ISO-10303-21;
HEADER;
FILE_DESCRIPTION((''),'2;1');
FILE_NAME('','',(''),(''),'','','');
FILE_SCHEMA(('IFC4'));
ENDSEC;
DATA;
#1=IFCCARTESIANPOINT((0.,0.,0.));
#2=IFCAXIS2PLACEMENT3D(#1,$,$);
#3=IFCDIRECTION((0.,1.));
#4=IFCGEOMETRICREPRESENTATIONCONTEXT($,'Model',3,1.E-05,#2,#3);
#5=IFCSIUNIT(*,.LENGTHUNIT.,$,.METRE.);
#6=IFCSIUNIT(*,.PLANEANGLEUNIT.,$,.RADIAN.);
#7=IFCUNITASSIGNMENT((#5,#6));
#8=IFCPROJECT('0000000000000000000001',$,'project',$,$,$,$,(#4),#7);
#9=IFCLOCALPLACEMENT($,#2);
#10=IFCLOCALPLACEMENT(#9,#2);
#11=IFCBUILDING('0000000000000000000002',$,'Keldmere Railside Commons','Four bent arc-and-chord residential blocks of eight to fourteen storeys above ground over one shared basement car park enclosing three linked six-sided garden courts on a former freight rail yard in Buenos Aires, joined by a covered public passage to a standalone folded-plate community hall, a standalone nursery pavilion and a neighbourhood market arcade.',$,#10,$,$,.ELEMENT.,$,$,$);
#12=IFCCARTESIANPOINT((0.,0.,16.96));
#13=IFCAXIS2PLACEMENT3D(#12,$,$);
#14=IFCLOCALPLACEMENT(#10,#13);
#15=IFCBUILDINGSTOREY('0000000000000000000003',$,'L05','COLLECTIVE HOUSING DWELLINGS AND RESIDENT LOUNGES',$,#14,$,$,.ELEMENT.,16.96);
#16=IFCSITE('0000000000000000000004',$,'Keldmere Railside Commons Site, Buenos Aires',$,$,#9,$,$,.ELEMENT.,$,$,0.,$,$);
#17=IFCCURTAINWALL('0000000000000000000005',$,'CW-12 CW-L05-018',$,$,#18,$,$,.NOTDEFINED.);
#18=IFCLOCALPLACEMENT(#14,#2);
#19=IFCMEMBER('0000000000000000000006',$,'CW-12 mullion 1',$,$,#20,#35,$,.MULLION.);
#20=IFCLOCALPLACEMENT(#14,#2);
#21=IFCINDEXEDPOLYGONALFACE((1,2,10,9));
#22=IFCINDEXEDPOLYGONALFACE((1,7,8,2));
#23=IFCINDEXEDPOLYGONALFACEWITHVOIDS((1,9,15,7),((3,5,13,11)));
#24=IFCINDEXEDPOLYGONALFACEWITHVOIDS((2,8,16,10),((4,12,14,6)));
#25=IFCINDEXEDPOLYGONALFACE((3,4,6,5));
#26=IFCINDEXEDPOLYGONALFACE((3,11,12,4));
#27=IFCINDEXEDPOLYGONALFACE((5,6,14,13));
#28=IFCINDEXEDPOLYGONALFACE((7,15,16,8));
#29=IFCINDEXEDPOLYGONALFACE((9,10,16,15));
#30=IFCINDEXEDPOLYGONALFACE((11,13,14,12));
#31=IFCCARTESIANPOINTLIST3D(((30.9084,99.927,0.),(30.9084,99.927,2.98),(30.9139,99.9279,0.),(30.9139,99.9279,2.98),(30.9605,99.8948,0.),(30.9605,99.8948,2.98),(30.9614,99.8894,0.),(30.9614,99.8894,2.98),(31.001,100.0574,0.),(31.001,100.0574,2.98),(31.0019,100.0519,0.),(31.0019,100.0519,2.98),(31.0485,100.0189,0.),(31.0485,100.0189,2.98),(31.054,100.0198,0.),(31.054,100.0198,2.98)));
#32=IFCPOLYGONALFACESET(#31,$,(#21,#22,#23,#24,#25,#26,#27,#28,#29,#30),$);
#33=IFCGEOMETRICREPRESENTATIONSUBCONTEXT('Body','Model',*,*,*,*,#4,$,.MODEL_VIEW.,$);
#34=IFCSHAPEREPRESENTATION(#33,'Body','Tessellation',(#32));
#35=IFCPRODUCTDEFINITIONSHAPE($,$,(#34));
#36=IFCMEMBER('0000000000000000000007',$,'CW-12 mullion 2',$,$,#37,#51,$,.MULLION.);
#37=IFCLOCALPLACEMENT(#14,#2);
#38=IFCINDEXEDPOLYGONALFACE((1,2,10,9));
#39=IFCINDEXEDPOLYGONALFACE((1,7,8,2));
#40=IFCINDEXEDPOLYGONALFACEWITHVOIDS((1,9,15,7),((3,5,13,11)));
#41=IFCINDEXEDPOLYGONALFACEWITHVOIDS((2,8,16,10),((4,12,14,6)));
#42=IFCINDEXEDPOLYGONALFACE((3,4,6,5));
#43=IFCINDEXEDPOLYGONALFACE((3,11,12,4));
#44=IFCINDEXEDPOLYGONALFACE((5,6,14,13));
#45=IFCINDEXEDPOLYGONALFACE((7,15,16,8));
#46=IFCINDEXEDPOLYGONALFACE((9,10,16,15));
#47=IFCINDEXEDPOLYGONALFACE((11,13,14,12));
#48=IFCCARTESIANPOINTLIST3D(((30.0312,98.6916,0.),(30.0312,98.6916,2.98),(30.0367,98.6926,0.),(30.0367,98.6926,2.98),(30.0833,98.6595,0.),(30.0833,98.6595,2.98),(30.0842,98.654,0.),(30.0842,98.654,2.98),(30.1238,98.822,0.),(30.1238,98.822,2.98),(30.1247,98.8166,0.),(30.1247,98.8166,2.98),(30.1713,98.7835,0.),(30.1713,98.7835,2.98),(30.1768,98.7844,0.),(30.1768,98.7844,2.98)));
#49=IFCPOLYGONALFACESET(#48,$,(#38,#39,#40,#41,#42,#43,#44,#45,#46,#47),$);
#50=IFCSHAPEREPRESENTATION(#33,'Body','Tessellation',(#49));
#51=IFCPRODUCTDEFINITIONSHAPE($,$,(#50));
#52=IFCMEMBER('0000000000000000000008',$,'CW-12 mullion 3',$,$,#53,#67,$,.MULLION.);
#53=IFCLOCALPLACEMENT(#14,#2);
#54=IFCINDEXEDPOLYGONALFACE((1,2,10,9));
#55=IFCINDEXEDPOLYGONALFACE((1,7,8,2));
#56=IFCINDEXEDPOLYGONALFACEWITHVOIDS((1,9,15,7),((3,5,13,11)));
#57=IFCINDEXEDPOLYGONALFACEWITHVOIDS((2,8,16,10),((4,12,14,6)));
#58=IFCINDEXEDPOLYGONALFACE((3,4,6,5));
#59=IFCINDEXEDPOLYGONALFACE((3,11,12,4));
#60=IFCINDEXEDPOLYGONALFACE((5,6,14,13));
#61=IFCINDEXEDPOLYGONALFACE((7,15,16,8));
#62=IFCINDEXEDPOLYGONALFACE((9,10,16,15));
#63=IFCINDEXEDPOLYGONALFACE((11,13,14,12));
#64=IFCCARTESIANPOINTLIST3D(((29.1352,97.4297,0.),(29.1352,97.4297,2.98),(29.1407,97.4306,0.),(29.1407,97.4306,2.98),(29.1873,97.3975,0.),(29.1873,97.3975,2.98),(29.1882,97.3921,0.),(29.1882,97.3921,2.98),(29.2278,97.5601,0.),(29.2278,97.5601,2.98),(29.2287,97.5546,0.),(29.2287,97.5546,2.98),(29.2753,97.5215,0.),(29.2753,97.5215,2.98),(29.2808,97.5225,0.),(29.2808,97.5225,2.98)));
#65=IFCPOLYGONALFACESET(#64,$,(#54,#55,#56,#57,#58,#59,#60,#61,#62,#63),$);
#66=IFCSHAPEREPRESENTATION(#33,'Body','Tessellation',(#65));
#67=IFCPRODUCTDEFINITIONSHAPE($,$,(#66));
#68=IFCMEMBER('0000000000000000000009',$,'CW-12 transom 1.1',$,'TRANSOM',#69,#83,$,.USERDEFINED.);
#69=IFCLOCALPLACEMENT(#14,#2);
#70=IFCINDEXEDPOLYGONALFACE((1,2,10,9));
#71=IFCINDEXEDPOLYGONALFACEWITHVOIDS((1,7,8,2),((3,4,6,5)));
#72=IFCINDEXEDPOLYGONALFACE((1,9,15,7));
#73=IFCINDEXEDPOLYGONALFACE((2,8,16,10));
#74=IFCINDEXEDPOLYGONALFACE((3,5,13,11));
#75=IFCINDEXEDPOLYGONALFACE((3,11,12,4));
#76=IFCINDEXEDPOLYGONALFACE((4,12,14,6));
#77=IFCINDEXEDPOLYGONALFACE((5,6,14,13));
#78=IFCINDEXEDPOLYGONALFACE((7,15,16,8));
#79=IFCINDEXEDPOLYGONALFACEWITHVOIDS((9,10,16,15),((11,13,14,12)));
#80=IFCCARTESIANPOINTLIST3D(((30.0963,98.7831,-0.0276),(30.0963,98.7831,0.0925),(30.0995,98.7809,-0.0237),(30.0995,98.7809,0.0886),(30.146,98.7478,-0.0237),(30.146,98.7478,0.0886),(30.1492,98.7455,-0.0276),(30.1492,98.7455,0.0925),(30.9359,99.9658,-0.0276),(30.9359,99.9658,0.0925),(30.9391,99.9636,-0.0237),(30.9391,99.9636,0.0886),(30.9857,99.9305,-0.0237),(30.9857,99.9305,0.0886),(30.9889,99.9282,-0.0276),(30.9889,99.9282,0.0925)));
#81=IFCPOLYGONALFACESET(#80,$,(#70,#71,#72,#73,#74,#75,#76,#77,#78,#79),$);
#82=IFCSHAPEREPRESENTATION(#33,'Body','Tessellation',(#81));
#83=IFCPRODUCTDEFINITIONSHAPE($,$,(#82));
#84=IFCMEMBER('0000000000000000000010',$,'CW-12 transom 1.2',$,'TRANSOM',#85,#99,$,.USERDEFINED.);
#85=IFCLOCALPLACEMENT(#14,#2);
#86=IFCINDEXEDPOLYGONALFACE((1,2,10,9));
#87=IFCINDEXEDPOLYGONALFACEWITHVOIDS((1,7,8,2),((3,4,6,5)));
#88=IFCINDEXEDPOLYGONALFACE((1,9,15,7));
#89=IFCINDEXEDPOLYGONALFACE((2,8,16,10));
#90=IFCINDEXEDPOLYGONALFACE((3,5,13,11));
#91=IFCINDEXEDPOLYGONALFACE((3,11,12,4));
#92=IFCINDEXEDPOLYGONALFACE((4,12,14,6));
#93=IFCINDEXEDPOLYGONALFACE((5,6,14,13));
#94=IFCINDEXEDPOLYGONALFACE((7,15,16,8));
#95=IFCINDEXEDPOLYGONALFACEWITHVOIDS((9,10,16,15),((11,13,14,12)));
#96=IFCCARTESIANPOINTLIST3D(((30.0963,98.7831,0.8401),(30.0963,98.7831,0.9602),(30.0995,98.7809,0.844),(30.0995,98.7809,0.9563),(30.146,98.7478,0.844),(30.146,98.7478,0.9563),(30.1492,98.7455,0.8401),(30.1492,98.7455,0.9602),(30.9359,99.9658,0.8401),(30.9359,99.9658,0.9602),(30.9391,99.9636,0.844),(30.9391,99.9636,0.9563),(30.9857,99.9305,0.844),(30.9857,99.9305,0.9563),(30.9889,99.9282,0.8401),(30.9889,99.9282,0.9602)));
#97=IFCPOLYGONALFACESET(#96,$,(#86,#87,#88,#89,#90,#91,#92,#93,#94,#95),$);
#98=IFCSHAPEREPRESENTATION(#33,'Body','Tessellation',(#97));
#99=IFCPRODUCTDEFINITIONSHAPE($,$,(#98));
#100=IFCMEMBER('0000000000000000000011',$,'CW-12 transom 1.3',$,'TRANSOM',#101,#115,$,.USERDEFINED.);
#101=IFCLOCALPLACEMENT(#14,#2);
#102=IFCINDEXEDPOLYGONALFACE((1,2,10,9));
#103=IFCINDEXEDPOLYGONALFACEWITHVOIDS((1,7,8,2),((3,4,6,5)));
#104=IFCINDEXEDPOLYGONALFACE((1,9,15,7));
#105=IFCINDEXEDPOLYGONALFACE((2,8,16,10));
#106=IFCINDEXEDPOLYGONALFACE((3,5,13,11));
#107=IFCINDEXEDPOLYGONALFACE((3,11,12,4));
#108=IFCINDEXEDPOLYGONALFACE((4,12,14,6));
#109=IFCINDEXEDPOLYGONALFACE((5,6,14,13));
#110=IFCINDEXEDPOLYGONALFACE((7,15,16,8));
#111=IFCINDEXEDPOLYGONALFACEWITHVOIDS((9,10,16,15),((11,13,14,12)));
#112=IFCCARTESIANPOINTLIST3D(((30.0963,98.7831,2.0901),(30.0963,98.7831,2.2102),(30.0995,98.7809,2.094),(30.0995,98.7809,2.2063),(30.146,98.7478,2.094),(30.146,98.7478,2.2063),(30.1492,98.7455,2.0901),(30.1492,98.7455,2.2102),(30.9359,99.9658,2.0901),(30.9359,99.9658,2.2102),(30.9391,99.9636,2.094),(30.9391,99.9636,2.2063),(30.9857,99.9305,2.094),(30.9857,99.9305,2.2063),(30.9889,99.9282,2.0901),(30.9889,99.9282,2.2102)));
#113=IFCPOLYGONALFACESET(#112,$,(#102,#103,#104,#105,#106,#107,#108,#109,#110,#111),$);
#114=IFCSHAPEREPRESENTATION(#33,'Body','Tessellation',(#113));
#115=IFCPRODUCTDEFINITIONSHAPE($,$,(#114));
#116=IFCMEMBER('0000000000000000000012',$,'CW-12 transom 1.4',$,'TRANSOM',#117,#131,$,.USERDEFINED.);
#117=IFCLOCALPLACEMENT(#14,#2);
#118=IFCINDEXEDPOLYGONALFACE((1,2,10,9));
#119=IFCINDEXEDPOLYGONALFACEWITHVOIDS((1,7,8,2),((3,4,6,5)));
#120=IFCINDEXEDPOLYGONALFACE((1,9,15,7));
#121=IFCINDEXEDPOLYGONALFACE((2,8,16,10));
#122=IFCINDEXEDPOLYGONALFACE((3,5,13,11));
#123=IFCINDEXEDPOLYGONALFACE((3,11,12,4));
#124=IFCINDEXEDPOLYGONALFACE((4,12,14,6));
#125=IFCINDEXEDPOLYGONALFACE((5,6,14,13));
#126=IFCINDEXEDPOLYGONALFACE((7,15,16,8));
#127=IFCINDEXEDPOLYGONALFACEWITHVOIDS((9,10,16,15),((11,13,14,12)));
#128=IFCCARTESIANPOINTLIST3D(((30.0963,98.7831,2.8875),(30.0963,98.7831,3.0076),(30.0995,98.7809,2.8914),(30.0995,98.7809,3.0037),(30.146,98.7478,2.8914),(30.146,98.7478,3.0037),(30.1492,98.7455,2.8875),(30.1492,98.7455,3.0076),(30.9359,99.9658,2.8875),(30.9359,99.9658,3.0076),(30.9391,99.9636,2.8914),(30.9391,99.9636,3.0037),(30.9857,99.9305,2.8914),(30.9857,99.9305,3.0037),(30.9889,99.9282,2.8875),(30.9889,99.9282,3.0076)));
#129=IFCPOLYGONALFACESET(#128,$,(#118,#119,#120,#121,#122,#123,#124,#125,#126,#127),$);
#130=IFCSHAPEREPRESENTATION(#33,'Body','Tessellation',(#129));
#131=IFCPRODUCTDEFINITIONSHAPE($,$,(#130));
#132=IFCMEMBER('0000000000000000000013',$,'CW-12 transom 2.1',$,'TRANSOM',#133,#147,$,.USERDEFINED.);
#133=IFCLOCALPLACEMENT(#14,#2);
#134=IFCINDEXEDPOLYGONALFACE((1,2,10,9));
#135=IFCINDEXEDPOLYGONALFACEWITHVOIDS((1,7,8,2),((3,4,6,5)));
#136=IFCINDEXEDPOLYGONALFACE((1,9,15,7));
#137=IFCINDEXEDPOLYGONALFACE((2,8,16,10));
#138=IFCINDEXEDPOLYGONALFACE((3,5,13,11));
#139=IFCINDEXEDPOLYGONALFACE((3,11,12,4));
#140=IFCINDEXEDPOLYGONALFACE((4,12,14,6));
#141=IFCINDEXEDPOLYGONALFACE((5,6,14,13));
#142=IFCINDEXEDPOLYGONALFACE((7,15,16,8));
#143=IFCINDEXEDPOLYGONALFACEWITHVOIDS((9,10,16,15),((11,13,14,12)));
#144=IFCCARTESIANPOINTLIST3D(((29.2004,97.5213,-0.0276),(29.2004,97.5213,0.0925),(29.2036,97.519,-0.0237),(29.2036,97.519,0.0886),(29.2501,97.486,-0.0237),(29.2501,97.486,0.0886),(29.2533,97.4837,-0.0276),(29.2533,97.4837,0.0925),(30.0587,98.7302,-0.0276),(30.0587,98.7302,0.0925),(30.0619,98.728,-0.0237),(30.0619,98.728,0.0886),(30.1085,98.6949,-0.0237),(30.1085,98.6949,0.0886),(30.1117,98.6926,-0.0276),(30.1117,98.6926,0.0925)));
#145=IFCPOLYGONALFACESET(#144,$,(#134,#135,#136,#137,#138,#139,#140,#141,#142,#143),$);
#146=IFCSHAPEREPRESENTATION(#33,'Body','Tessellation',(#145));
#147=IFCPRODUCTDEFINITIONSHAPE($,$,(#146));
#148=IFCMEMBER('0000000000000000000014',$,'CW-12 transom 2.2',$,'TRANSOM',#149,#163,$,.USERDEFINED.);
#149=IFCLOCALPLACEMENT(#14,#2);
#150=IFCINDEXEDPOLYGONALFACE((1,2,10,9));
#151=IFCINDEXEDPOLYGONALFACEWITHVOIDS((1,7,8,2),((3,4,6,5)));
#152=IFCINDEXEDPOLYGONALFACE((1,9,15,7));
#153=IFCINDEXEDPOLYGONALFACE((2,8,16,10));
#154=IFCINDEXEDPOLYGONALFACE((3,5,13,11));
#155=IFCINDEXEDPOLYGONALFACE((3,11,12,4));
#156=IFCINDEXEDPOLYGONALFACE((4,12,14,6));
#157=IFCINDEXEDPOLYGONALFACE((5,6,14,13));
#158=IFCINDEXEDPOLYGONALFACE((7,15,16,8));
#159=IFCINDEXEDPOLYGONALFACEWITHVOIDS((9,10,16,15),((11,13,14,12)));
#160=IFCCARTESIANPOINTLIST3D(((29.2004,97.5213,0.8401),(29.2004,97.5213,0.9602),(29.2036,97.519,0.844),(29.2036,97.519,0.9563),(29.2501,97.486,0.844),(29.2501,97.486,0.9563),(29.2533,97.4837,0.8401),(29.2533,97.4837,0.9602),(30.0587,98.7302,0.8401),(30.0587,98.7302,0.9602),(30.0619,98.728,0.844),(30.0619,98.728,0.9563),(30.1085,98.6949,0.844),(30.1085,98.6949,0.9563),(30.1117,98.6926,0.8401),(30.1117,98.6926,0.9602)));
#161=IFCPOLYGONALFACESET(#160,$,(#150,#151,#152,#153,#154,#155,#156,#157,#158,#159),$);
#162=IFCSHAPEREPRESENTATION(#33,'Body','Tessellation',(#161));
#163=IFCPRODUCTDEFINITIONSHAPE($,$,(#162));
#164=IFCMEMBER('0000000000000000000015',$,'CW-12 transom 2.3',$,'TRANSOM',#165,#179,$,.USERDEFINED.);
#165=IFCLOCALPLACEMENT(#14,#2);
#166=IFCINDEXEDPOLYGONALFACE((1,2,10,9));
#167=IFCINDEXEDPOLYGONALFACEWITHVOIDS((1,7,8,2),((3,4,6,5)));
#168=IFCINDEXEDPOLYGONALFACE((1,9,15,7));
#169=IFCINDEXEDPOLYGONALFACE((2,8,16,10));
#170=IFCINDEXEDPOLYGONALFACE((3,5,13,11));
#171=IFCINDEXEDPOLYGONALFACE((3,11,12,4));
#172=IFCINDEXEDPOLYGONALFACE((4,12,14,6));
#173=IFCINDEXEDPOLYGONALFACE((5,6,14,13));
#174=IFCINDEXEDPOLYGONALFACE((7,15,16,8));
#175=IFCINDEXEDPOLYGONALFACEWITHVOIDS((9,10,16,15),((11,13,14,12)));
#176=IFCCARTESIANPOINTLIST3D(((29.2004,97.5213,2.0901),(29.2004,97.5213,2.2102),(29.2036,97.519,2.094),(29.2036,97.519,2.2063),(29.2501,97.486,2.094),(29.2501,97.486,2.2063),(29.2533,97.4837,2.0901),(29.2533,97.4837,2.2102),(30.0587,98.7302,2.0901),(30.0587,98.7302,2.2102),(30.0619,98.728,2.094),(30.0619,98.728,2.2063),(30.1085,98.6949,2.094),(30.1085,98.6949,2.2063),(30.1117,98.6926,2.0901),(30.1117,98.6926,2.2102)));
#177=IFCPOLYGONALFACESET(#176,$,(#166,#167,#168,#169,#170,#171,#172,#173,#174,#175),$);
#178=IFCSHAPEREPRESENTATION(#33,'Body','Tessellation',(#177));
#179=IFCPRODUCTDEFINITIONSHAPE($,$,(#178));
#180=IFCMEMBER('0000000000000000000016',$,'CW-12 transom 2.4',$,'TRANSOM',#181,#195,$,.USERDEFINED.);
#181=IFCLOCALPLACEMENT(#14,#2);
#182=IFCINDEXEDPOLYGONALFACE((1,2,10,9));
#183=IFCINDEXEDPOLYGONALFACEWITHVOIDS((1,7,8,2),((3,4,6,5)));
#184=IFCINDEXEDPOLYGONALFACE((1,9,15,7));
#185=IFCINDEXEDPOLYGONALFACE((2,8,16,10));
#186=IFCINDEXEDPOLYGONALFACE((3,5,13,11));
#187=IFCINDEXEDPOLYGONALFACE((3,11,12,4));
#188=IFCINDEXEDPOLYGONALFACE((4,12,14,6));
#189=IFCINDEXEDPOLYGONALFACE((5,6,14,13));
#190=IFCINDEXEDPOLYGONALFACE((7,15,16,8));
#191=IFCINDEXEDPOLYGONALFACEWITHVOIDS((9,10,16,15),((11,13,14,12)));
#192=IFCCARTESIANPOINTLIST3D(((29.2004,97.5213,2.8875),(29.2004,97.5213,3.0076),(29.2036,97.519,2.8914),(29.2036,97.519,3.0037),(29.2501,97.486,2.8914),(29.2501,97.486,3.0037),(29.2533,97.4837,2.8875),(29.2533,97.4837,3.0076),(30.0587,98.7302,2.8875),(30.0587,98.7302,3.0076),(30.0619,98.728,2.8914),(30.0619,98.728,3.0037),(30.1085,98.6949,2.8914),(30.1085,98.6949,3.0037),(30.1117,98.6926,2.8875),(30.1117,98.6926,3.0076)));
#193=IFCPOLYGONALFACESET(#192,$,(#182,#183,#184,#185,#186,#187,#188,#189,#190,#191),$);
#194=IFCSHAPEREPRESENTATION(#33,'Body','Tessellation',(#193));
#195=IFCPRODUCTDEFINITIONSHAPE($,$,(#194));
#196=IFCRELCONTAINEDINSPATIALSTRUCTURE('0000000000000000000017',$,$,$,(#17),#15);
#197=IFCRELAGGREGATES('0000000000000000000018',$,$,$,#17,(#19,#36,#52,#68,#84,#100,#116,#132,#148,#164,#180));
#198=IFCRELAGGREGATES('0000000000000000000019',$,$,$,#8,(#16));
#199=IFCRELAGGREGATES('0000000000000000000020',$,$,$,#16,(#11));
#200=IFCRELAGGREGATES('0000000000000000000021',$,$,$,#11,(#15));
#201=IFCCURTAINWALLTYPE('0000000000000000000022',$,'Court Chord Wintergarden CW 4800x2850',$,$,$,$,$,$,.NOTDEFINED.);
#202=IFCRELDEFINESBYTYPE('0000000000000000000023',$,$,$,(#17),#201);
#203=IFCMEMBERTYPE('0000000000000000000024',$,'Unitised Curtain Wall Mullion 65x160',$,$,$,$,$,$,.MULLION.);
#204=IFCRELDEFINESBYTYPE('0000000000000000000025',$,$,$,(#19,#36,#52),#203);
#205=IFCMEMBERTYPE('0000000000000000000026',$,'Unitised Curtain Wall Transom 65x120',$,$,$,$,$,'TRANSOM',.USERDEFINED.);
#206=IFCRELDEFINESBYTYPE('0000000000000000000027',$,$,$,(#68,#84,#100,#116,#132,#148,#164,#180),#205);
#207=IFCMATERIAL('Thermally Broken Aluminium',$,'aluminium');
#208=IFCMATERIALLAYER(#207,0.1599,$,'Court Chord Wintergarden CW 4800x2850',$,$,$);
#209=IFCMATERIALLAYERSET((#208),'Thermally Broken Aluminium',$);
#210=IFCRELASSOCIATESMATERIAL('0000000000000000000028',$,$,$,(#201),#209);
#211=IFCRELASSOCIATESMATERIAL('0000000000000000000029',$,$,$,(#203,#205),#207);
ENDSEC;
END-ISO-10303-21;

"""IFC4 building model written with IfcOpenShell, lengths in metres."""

from ifc_helpers import new_model, si_unit, direction, frame, origin, origin_2d, place, context, subcontext, project, spatial, hollow_rectangle, extrude, material, layer, layer_set, material_profile, profile_set, type_object, element, aggregate, save


model = new_model("IFC4")

# Units and contexts
model_context = context("Model", 3, precision=1e-05, world=origin(), true_north=direction((0.0, 1.0)))
body_context = subcontext(model_context, "Body", "Model", "MODEL_VIEW")
ifc_project = project(units=[si_unit("LENGTHUNIT", "METRE"), si_unit("PLANEANGLEUNIT", "RADIAN")], contexts=[model_context])

# Site, building, storey
site_placement = place(None, origin())
site = spatial("IfcSite", under=ifc_project, at=site_placement, Name="Keldmere Railside Commons Site, Buenos Aires", CompositionType="ELEMENT", RefElevation=0.0)
building_placement = place(site_placement, origin())
building = spatial("IfcBuilding", under=site, at=building_placement, Name="Keldmere Railside Commons", Description="Four bent arc-and-chord residential blocks of eight to fourteen storeys above ground over one shared basement car park enclosing three linked six-sided garden courts on a former freight rail yard in Buenos Aires, joined by a covered public passage to a standalone folded-plate community hall, a standalone nursery pavilion and a neighbourhood market arcade.", CompositionType="ELEMENT")
storey_placement = place(building_placement, frame((0.0, 0.0, 16.96)))
storey = spatial("IfcBuildingStorey", under=building, at=storey_placement, Name="L05", Description="COLLECTIVE HOUSING DWELLINGS AND RESIDENT LOUNGES", CompositionType="ELEMENT", Elevation=16.96)

# Curtain wall, members
ifc_material_1 = material(Name="Thermally Broken Aluminium", Category="aluminium")
ifc_layer_1 = layer(ifc_material_1, 0.1599, Name="Court Chord Wintergarden CW 4800x2850")
ifc_layer_set_1 = layer_set([ifc_layer_1], Name="Thermally Broken Aluminium")
curtain_wall_type = type_object("IfcCurtainWallType", Name="Court Chord Wintergarden CW 4800x2850", PredefinedType="NOTDEFINED", material=ifc_layer_set_1)
curtain_wall_placement = place(storey_placement, origin())
curtain_wall = element("IfcCurtainWall", 1, at=curtain_wall_placement, inside=storey, type_object=curtain_wall_type, Name="CW-12 CW-L05-018", PredefinedType="NOTDEFINED")
ifc_material_profile_1 = material_profile(ifc_material_1, hollow_rectangle(XDim=0.0649, YDim=0.1599, WallThickness=0.0039, at=origin_2d()), Name="ALU-MULL-65x160")
ifc_profile_set_1 = profile_set([ifc_material_profile_1], Name="Thermally Broken Aluminium")
member_type_1 = type_object("IfcMemberType", Name="Unitised Curtain Wall Mullion 65x160", PredefinedType="MULLION", material=ifc_profile_set_1)
member_1_placement = place(storey_placement, frame((30.9812, 99.9734, 0.0), z_axis=(0.0, 0.0, 1.0), x_axis=(0.815389, -0.578913, 0.0)))
member_1 = element("IfcMember", 2, at=member_1_placement, type_object=member_type_1, Name="CW-12 mullion 1", PredefinedType="MULLION", context=body_context, shape_type="SweptSolid", body=[
    extrude(hollow_rectangle(XDim=0.0649, YDim=0.1599, WallThickness=0.0039, at=origin_2d()), origin(), (0.0, 0.0, 1.0), 2.98),
])
member_2_placement = place(storey_placement, frame((30.104, 98.738, 0.0), z_axis=(0.0, 0.0, 1.0), x_axis=(0.815389, -0.578913, 0.0)))
member_2 = element("IfcMember", 3, at=member_2_placement, type_object=member_type_1, Name="CW-12 mullion 2", PredefinedType="MULLION", context=body_context, shape_type="SweptSolid", body=[
    extrude(hollow_rectangle(XDim=0.0649, YDim=0.1599, WallThickness=0.0039, at=origin_2d()), origin(), (0.0, 0.0, 1.0), 2.98),
])
member_3_placement = place(storey_placement, frame((29.208, 97.4761, 0.0), z_axis=(0.0, 0.0, 1.0), x_axis=(0.815389, -0.578913, 0.0)))
member_3 = element("IfcMember", 4, at=member_3_placement, type_object=member_type_1, Name="CW-12 mullion 3", PredefinedType="MULLION", context=body_context, shape_type="SweptSolid", body=[
    extrude(hollow_rectangle(XDim=0.0649, YDim=0.1599, WallThickness=0.0039, at=origin_2d()), origin(), (0.0, 0.0, 1.0), 2.98),
])
ifc_material_profile_2 = material_profile(ifc_material_1, hollow_rectangle(XDim=0.0649, YDim=0.1201, WallThickness=0.0039, at=origin_2d()), Name="ALU-TRAN-65x120")
ifc_profile_set_2 = profile_set([ifc_material_profile_2], Name="Thermally Broken Aluminium")
member_type_2 = type_object("IfcMemberType", Name="Unitised Curtain Wall Transom 65x120", ElementType="TRANSOM", PredefinedType="USERDEFINED", material=ifc_profile_set_2)
member_4_placement = place(storey_placement, frame((30.9624, 99.947, 0.0325), z_axis=(-0.578895, -0.815402, 0.0), x_axis=(0.815402, -0.578895, 0.0)))
member_4 = element("IfcMember", 5, at=member_4_placement, type_object=member_type_2, Name="CW-12 transom 1.1", ObjectType="TRANSOM", PredefinedType="USERDEFINED", context=body_context, shape_type="SweptSolid", body=[
    extrude(hollow_rectangle(XDim=0.0649, YDim=0.1201, WallThickness=0.0039, at=origin_2d()), origin(), (0.0, 0.0, 1.0), 1.4504),
])
member_5_placement = place(storey_placement, frame((30.9624, 99.947, 0.9001), z_axis=(-0.578895, -0.815402, 0.0), x_axis=(0.815402, -0.578895, 0.0)))
member_5 = element("IfcMember", 6, at=member_5_placement, type_object=member_type_2, Name="CW-12 transom 1.2", ObjectType="TRANSOM", PredefinedType="USERDEFINED", context=body_context, shape_type="SweptSolid", body=[
    extrude(hollow_rectangle(XDim=0.0649, YDim=0.1201, WallThickness=0.0039, at=origin_2d()), origin(), (0.0, 0.0, 1.0), 1.4504),
])
member_6_placement = place(storey_placement, frame((30.9624, 99.947, 2.1501), z_axis=(-0.578895, -0.815402, 0.0), x_axis=(0.815402, -0.578895, 0.0)))
member_6 = element("IfcMember", 7, at=member_6_placement, type_object=member_type_2, Name="CW-12 transom 1.3", ObjectType="TRANSOM", PredefinedType="USERDEFINED", context=body_context, shape_type="SweptSolid", body=[
    extrude(hollow_rectangle(XDim=0.0649, YDim=0.1201, WallThickness=0.0039, at=origin_2d()), origin(), (0.0, 0.0, 1.0), 1.4504),
])
member_7_placement = place(storey_placement, frame((30.9624, 99.947, 2.9475), z_axis=(-0.578895, -0.815402, 0.0), x_axis=(0.815402, -0.578895, 0.0)))
member_7 = element("IfcMember", 8, at=member_7_placement, type_object=member_type_2, Name="CW-12 transom 1.4", ObjectType="TRANSOM", PredefinedType="USERDEFINED", context=body_context, shape_type="SweptSolid", body=[
    extrude(hollow_rectangle(XDim=0.0649, YDim=0.1201, WallThickness=0.0039, at=origin_2d()), origin(), (0.0, 0.0, 1.0), 1.4504),
])
member_8_placement = place(storey_placement, frame((30.0852, 98.7114, 0.0325), z_axis=(-0.578931, -0.815377, 0.0), x_axis=(0.815377, -0.578931, 0.0)))
member_8 = element("IfcMember", 9, at=member_8_placement, type_object=member_type_2, Name="CW-12 transom 2.1", ObjectType="TRANSOM", PredefinedType="USERDEFINED", context=body_context, shape_type="SweptSolid", body=[
    extrude(hollow_rectangle(XDim=0.0649, YDim=0.1201, WallThickness=0.0039, at=origin_2d()), origin(), (0.0, 0.0, 1.0), 1.4827),
])
member_9_placement = place(storey_placement, frame((30.0852, 98.7114, 0.9001), z_axis=(-0.578931, -0.815377, 0.0), x_axis=(0.815377, -0.578931, 0.0)))
member_9 = element("IfcMember", 10, at=member_9_placement, type_object=member_type_2, Name="CW-12 transom 2.2", ObjectType="TRANSOM", PredefinedType="USERDEFINED", context=body_context, shape_type="SweptSolid", body=[
    extrude(hollow_rectangle(XDim=0.0649, YDim=0.1201, WallThickness=0.0039, at=origin_2d()), origin(), (0.0, 0.0, 1.0), 1.4827),
])
member_10_placement = place(storey_placement, frame((30.0852, 98.7114, 2.1501), z_axis=(-0.578931, -0.815377, 0.0), x_axis=(0.815377, -0.578931, 0.0)))
member_10 = element("IfcMember", 11, at=member_10_placement, type_object=member_type_2, Name="CW-12 transom 2.3", ObjectType="TRANSOM", PredefinedType="USERDEFINED", context=body_context, shape_type="SweptSolid", body=[
    extrude(hollow_rectangle(XDim=0.0649, YDim=0.1201, WallThickness=0.0039, at=origin_2d()), origin(), (0.0, 0.0, 1.0), 1.4827),
])
member_11_placement = place(storey_placement, frame((30.0852, 98.7114, 2.9475), z_axis=(-0.578931, -0.815377, 0.0), x_axis=(0.815377, -0.578931, 0.0)))
member_11 = element("IfcMember", 12, at=member_11_placement, type_object=member_type_2, Name="CW-12 transom 2.4", ObjectType="TRANSOM", PredefinedType="USERDEFINED", context=body_context, shape_type="SweptSolid", body=[
    extrude(hollow_rectangle(XDim=0.0649, YDim=0.1201, WallThickness=0.0039, at=origin_2d()), origin(), (0.0, 0.0, 1.0), 1.4827),
])
aggregate(curtain_wall, [member_1, member_2, member_3, member_4, member_5, member_6, member_7, member_8, member_9, member_10, member_11])

save(model, "model.ifc")
